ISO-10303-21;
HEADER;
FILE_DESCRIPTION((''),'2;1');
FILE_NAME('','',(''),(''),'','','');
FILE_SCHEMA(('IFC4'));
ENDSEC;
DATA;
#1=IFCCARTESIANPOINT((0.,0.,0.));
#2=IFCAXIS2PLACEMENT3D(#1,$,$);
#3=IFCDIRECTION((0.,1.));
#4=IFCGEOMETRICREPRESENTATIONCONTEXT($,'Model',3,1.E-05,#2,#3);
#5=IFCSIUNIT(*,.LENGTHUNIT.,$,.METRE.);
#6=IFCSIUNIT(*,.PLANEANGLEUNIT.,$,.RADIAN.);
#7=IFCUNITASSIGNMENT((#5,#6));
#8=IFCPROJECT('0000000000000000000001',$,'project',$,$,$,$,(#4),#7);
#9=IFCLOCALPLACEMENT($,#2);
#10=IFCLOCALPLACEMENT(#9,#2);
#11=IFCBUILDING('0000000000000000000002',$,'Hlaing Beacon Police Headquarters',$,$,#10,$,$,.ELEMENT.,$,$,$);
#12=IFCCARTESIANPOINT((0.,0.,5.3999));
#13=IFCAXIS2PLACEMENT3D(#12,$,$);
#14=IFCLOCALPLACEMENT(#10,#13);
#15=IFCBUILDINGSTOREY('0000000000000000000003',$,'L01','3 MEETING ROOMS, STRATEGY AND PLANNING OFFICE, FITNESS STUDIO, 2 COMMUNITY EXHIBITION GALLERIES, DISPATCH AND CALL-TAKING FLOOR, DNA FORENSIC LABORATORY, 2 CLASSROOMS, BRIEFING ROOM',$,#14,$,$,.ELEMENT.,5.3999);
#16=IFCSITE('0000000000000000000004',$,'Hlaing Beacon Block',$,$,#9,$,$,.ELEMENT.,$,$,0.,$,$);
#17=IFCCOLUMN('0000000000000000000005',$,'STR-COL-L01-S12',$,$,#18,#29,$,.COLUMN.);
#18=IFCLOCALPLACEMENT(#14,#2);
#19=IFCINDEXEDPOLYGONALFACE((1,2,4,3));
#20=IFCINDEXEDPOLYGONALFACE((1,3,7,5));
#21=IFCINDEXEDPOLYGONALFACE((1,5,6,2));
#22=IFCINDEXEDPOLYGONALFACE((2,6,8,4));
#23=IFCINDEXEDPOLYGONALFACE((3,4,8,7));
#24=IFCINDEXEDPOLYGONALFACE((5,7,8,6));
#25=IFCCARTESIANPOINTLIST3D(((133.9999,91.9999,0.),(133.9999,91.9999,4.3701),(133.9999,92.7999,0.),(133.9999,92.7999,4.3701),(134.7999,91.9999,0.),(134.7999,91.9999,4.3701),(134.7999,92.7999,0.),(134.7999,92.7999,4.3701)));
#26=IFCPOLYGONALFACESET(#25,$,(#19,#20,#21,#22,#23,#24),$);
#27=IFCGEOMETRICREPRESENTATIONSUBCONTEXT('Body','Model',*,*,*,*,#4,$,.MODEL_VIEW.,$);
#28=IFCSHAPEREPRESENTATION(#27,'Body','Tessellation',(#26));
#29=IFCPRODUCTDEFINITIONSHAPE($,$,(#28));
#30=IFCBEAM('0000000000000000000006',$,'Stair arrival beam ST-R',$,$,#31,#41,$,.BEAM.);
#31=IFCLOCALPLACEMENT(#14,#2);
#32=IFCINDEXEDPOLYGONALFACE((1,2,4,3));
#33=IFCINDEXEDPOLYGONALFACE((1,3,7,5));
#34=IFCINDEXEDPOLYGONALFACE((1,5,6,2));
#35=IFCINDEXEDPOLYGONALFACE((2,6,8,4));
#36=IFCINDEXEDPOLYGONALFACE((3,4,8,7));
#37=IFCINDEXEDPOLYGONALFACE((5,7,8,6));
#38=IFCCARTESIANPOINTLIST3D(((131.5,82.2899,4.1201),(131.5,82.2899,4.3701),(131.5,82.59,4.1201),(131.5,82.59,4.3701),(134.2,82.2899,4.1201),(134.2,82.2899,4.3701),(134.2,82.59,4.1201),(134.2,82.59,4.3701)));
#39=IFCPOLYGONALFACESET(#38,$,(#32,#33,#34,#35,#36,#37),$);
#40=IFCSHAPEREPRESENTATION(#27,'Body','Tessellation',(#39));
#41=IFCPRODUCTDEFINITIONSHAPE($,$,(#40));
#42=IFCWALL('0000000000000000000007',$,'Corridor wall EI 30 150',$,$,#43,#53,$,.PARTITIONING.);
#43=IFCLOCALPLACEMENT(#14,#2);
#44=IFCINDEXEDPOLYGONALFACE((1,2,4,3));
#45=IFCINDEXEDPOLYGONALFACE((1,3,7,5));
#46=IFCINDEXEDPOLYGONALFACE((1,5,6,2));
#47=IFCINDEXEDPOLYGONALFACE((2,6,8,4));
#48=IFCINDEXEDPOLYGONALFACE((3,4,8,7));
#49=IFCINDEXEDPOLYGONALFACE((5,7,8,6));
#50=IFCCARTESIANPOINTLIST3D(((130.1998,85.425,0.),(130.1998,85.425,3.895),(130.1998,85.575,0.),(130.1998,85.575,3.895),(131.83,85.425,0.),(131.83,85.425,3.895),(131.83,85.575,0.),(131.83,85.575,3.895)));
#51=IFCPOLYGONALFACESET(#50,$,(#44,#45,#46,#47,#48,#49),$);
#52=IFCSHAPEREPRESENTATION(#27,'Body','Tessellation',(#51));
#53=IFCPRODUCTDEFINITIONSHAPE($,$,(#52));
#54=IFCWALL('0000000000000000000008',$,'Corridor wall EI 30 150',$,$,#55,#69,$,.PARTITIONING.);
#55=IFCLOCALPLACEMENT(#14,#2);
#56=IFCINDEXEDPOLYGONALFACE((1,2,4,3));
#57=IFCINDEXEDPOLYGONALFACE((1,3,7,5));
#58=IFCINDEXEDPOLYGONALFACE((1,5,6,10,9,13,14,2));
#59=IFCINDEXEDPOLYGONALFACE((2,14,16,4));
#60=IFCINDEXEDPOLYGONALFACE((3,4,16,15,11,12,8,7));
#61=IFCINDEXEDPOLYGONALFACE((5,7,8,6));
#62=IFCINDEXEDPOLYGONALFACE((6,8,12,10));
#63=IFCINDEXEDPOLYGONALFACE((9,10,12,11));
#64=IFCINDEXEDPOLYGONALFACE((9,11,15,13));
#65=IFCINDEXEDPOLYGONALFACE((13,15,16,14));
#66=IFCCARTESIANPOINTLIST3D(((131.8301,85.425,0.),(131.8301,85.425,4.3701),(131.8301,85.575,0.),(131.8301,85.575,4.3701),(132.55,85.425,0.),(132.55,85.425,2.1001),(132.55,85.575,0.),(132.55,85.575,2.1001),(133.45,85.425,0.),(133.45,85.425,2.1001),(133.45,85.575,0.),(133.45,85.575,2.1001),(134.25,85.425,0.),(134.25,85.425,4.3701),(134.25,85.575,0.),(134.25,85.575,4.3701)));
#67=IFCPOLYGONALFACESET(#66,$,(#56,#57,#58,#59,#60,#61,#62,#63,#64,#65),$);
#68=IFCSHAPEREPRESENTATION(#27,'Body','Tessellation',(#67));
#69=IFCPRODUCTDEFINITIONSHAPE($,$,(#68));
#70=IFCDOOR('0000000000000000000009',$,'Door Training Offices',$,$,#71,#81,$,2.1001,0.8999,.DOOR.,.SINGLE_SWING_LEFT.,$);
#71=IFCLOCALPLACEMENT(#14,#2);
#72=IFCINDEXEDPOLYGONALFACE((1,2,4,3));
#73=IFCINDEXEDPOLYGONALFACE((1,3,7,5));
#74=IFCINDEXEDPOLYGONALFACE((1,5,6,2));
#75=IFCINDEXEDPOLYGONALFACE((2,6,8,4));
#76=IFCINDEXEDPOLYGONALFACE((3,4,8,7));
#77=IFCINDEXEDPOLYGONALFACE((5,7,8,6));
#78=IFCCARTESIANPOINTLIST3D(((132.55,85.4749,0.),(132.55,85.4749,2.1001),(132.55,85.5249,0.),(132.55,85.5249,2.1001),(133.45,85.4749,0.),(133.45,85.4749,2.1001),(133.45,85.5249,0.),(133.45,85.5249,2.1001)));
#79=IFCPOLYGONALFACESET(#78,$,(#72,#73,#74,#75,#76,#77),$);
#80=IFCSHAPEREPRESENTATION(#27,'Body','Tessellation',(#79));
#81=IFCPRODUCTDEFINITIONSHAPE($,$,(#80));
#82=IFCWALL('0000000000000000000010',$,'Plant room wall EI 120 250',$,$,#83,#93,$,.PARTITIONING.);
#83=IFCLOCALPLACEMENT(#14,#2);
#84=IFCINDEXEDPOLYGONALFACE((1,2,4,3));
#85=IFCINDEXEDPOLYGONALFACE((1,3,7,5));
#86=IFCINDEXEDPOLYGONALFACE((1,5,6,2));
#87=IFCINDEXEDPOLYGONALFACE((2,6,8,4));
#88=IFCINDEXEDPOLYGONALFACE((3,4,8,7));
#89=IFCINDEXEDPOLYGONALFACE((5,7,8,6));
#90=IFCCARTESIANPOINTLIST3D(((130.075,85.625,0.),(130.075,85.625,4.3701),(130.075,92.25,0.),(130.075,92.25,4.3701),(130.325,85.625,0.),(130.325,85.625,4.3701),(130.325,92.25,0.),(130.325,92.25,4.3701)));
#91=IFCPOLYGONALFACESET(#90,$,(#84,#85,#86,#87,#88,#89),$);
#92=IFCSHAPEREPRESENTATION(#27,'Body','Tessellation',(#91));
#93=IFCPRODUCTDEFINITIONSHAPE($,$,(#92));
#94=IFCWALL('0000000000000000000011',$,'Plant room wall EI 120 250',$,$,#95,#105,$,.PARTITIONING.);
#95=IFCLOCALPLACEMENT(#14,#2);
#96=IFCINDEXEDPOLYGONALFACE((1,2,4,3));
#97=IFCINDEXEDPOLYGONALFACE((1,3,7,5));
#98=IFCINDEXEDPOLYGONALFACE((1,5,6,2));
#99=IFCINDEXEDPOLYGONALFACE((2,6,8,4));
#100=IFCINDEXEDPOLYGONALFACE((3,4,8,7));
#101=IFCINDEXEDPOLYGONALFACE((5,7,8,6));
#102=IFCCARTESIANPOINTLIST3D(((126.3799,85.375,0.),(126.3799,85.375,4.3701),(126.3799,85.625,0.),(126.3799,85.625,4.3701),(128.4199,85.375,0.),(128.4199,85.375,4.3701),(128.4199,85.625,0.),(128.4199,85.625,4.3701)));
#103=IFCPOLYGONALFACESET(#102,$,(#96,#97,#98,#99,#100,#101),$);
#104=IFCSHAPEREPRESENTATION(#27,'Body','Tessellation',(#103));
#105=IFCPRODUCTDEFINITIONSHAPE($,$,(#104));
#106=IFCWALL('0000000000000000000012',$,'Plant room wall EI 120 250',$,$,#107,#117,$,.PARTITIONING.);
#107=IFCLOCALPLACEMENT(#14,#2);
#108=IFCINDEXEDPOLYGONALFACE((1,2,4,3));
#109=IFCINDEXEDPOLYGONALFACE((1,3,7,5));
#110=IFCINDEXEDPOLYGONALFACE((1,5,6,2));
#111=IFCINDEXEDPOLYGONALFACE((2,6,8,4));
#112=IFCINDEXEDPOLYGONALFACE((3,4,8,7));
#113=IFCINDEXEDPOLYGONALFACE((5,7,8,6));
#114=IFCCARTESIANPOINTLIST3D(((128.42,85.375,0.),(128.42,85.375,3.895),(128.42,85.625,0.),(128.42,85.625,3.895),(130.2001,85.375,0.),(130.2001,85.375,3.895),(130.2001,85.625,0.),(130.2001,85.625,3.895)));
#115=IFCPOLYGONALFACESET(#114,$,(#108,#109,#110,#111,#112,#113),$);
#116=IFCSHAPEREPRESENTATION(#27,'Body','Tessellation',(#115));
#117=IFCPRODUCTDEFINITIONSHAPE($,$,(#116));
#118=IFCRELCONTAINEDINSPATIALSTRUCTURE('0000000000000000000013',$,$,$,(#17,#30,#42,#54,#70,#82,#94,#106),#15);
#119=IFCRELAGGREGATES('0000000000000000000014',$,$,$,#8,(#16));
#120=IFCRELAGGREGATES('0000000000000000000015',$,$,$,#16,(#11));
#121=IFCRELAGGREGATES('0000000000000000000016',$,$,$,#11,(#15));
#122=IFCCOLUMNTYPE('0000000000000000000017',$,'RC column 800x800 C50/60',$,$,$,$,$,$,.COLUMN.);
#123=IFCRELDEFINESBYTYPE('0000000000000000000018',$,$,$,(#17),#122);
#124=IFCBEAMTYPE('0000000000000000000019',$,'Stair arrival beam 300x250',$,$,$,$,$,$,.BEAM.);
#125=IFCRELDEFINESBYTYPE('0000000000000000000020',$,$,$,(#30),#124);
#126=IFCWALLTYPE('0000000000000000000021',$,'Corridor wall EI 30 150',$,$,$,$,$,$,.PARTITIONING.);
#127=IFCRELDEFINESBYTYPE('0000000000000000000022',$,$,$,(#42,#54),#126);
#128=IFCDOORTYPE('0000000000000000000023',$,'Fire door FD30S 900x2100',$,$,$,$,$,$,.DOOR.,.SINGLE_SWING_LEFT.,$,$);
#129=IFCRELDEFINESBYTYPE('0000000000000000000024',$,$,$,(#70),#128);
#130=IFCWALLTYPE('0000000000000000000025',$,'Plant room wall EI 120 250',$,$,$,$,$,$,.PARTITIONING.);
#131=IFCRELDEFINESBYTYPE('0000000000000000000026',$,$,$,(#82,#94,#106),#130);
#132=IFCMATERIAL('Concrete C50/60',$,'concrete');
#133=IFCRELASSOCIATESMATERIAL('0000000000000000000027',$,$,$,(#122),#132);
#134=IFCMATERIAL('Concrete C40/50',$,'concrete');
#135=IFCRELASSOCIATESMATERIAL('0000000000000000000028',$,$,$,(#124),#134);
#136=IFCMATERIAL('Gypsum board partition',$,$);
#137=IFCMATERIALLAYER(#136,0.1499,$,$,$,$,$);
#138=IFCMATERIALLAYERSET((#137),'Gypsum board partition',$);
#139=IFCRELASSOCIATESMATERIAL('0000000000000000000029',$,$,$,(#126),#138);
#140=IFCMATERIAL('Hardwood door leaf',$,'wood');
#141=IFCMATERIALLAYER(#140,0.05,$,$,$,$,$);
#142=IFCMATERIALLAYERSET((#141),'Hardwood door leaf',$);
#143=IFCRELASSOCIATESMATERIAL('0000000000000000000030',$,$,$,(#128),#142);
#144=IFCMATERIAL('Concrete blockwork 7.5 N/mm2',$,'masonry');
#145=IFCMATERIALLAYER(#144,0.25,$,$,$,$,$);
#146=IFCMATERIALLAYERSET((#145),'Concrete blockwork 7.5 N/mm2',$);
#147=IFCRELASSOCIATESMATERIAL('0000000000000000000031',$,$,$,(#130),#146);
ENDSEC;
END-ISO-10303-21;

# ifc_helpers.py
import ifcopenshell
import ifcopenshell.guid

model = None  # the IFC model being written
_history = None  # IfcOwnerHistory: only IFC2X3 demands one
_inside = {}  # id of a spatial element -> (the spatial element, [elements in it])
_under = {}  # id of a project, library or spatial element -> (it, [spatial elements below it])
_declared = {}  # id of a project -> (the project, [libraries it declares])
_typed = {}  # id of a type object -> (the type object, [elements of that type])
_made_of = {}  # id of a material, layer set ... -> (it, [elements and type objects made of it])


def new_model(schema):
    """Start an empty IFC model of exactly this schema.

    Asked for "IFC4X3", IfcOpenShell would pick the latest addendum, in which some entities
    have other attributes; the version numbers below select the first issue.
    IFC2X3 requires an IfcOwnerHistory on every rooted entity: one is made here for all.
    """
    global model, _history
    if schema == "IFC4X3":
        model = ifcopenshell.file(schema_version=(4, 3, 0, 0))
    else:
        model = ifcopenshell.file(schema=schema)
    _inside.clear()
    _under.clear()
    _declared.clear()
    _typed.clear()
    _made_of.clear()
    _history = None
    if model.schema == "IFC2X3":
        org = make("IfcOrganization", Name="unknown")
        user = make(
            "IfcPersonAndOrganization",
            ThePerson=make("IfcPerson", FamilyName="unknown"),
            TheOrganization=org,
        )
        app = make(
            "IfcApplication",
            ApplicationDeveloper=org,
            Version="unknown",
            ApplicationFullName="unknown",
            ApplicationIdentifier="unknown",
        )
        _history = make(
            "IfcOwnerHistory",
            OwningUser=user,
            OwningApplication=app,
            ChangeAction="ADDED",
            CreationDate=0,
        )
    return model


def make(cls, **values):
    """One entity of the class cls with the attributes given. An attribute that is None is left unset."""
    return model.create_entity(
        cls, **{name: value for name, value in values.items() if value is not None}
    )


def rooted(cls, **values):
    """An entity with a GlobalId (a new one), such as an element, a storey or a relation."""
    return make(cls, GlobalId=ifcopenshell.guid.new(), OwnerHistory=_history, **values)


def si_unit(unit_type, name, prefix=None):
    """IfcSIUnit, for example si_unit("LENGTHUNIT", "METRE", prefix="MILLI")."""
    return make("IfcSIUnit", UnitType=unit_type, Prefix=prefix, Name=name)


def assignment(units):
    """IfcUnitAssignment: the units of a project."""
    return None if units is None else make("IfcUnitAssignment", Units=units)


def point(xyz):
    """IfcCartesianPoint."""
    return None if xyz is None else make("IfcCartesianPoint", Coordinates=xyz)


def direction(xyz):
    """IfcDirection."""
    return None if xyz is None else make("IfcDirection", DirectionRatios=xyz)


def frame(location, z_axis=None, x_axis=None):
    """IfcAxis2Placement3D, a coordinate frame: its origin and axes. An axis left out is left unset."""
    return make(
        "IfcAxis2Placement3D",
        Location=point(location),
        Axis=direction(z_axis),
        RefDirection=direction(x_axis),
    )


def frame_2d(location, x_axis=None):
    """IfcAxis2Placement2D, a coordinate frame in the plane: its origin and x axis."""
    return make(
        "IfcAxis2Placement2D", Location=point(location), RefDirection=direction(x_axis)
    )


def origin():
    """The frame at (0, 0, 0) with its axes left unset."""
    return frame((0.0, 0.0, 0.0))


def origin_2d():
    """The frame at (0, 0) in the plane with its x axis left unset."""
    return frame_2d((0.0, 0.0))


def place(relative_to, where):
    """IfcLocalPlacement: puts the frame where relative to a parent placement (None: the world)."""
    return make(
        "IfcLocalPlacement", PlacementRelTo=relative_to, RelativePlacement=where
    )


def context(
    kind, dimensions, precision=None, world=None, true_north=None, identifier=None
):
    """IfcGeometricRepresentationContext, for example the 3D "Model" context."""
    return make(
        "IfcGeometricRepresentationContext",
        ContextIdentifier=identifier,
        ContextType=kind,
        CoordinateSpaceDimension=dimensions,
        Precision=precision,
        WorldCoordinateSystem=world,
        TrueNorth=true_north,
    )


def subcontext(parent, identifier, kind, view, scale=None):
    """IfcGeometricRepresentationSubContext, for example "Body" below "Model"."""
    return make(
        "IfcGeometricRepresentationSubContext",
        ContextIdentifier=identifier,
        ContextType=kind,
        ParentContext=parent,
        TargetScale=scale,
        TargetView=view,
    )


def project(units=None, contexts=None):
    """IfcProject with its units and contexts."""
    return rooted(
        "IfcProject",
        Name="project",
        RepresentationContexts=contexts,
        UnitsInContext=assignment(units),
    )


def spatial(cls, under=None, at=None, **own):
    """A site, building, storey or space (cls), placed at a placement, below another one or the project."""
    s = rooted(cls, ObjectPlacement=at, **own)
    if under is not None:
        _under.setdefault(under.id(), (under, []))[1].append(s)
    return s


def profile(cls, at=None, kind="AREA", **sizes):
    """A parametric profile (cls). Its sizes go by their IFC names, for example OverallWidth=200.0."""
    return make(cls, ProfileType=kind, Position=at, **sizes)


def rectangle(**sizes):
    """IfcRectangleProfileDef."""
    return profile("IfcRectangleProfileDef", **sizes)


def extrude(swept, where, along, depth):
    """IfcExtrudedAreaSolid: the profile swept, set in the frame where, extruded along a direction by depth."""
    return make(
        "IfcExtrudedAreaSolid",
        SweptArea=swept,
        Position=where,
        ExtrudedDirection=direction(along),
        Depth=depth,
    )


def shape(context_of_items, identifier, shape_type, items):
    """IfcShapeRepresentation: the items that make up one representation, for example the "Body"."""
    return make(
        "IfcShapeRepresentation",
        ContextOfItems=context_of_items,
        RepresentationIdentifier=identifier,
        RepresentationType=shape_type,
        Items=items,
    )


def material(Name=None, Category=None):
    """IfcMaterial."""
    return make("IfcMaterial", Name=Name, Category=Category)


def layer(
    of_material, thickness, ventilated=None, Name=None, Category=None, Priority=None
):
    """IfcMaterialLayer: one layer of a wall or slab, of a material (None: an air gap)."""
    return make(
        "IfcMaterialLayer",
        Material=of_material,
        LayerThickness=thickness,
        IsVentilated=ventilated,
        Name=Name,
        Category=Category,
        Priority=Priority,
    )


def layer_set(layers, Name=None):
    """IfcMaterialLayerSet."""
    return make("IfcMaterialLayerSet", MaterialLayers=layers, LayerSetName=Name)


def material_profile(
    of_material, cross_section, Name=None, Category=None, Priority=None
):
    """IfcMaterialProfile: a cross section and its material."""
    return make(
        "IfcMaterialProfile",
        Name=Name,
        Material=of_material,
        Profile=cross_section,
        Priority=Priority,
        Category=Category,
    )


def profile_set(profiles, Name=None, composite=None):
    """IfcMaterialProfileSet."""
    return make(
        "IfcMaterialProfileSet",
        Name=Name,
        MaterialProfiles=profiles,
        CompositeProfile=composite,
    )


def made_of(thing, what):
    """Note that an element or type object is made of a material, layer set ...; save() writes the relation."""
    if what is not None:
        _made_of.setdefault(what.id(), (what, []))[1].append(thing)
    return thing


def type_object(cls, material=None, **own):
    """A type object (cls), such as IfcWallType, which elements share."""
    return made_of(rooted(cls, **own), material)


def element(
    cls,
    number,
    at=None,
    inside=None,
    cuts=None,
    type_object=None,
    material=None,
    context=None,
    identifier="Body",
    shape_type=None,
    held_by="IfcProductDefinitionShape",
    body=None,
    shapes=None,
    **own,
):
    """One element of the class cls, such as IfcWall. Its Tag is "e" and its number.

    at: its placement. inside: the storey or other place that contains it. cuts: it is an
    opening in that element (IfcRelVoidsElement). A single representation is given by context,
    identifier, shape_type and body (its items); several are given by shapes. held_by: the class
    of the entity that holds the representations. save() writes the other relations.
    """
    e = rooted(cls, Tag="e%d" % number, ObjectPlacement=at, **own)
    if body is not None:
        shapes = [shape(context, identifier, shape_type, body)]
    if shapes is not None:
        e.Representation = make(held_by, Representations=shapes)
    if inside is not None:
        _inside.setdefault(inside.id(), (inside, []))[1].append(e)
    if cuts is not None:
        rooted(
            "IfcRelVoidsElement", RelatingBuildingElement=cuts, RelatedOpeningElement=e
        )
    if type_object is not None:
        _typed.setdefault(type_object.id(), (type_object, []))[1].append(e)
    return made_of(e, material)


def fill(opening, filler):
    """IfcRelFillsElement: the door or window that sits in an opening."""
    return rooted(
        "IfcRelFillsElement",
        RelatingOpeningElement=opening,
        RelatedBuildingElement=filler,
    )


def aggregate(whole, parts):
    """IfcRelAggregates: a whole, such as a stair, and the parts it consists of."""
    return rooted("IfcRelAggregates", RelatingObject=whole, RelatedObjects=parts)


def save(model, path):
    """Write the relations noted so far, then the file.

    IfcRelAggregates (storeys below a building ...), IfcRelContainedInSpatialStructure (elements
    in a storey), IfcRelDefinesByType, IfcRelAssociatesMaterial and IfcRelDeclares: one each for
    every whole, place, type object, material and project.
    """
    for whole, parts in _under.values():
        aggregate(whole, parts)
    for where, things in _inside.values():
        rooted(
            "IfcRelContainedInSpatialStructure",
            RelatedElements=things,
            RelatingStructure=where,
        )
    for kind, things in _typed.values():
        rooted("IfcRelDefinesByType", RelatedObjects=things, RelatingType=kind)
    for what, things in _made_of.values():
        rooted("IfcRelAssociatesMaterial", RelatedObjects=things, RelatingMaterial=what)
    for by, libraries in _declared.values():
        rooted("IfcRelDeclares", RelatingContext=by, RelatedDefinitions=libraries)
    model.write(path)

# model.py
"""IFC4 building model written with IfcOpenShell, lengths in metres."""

from ifc_helpers import new_model, si_unit, direction, frame, frame_2d, origin, origin_2d, place, context, subcontext, project, spatial, rectangle, extrude, material, layer, layer_set, material_profile, profile_set, type_object, element, fill, save


model = new_model("IFC4")

# Units and contexts
model_context = context("Model", 3, precision=1e-05, world=origin(), true_north=direction((0.0, 1.0)))
body_context = subcontext(model_context, "Body", "Model", "MODEL_VIEW")
ifc_project = project(units=[si_unit("LENGTHUNIT", "METRE"), si_unit("PLANEANGLEUNIT", "RADIAN")], contexts=[model_context])

# Site, building, storey
site_placement = place(None, origin())
site = spatial("IfcSite", under=ifc_project, at=site_placement, Name="Hlaing Beacon Block", CompositionType="ELEMENT", RefElevation=0.0)
building_placement = place(site_placement, origin())
building = spatial("IfcBuilding", under=site, at=building_placement, Name="Hlaing Beacon Police Headquarters", CompositionType="ELEMENT")
storey_placement = place(building_placement, frame((0.0, 0.0, 5.3999)))
storey = spatial("IfcBuildingStorey", under=building, at=storey_placement, Name="L01", Description="3 MEETING ROOMS, STRATEGY AND PLANNING OFFICE, FITNESS STUDIO, 2 COMMUNITY EXHIBITION GALLERIES, DISPATCH AND CALL-TAKING FLOOR, DNA FORENSIC LABORATORY, 2 CLASSROOMS, BRIEFING ROOM", CompositionType="ELEMENT", Elevation=5.3999)

# Column
ifc_material_1 = material(Name="Concrete C50/60", Category="concrete")
ifc_material_profile_1 = material_profile(ifc_material_1, rectangle(XDim=0.8, YDim=0.8, at=origin_2d()), Name="800x800")
ifc_profile_set_1 = profile_set([ifc_material_profile_1], Name="Concrete C50/60")
column_type = type_object("IfcColumnType", Name="RC column 800x800 C50/60", PredefinedType="COLUMN", material=ifc_profile_set_1)
column_placement = place(storey_placement, frame((134.3999, 92.3999, 0.0), z_axis=(0.0, 0.0, 1.0), x_axis=(1.0, 0.0, 0.0)))
element("IfcColumn", 1, at=column_placement, inside=storey, type_object=column_type, Name="STR-COL-L01-S12", PredefinedType="COLUMN", context=body_context, shape_type="SweptSolid", body=[
    extrude(rectangle(XDim=0.8, YDim=0.8, at=origin_2d()), origin(), (0.0, 0.0, 1.0), 4.3701),
])

# Beam
ifc_material_2 = material(Name="Concrete C40/50", Category="concrete")
ifc_material_profile_2 = material_profile(ifc_material_2, rectangle(XDim=0.3, YDim=0.25, at=origin_2d()), Name="Stair arrival beam 300x250")
ifc_profile_set_2 = profile_set([ifc_material_profile_2], Name="Concrete C40/50")
beam_type = type_object("IfcBeamType", Name="Stair arrival beam 300x250", PredefinedType="BEAM", material=ifc_profile_set_2)
beam_placement = place(storey_placement, frame((134.2, 82.4399, 4.2451), z_axis=(-1.0, 0.0, 0.0), x_axis=(0.0, -1.0, 0.0)))
element("IfcBeam", 2, at=beam_placement, inside=storey, type_object=beam_type, Name="Stair arrival beam ST-R", PredefinedType="BEAM", context=body_context, shape_type="SweptSolid", body=[
    extrude(rectangle(XDim=0.3, YDim=0.25, at=origin_2d()), origin(), (0.0, 0.0, 1.0), 2.7),
])

# Wall
ifc_material_3 = material(Name="Gypsum board partition")
ifc_layer_1 = layer(ifc_material_3, 0.1499)
ifc_layer_set_1 = layer_set([ifc_layer_1], Name="Gypsum board partition")
wall_type_1 = type_object("IfcWallType", Name="Corridor wall EI 30 150", PredefinedType="PARTITIONING", material=ifc_layer_set_1)
wall_1_placement = place(storey_placement, frame((130.2, 85.5, 0.0), z_axis=(0.0, 0.0, 1.0), x_axis=(1.0, 0.0, 0.0)))
element("IfcWall", 3, at=wall_1_placement, inside=storey, type_object=wall_type_1, Name="Corridor wall EI 30 150", PredefinedType="PARTITIONING", context=body_context, shape_type="SweptSolid", body=[
    extrude(rectangle(XDim=1.6301, YDim=0.1499, at=frame_2d((0.8149, 0.0))), origin(), (0.0, 0.0, 1.0), 3.895),
])

# Wall, opening, door
wall_2_placement = place(storey_placement, frame((131.8301, 85.5, 0.0), z_axis=(0.0, 0.0, 1.0), x_axis=(1.0, 0.0, 0.0)))
wall_2 = element("IfcWall", 4, at=wall_2_placement, inside=storey, type_object=wall_type_1, Name="Corridor wall EI 30 150", PredefinedType="PARTITIONING", context=body_context, shape_type="SweptSolid", body=[
    extrude(rectangle(XDim=2.4199, YDim=0.1499, at=frame_2d((1.21, 0.0))), origin(), (0.0, 0.0, 1.0), 4.3701),
])
opening_1_placement = place(wall_2_placement, frame((0.72, 0.0, 0.0)))
opening_1 = element("IfcOpeningElement", 5, at=opening_1_placement, cuts=wall_2, PredefinedType="OPENING", context=body_context, shape_type="SweptSolid", body=[
    extrude(rectangle(XDim=0.8999, YDim=2.1001, at=frame_2d((0.45, 1.05))), frame((0.0, 0.085, 0.0), z_axis=(0.0, -1.0, 0.0), x_axis=(1.0, 0.0, 0.0)), (0.0, 0.0, 1.0), 0.1699),
])
ifc_material_4 = material(Name="Hardwood door leaf", Category="wood")
ifc_layer_2 = layer(ifc_material_4, 0.05)
ifc_layer_set_2 = layer_set([ifc_layer_2], Name="Hardwood door leaf")
door_type_1 = type_object("IfcDoorType", Name="Fire door FD30S 900x2100", OperationType="SINGLE_SWING_LEFT", PredefinedType="DOOR", material=ifc_layer_set_2)
door_1_placement = place(opening_1_placement, origin())
door_1 = element("IfcDoor", 6, at=door_1_placement, inside=storey, type_object=door_type_1, Name="Door Training Offices", OperationType="SINGLE_SWING_LEFT", OverallHeight=2.1001, OverallWidth=0.8999, PredefinedType="DOOR", context=body_context, shape_type="SweptSolid", body=[
    extrude(rectangle(XDim=0.8999, YDim=2.1001, at=frame_2d((0.45, 1.05))), frame((0.0, 0.0249, 0.0), z_axis=(0.0, -1.0, 0.0), x_axis=(1.0, 0.0, 0.0)), (0.0, 0.0, 1.0), 0.05),
])
fill(opening_1, door_1)

# Walls
ifc_material_5 = material(Name="Concrete blockwork 7.5 N/mm2", Category="masonry")
ifc_layer_3 = layer(ifc_material_5, 0.25)
ifc_layer_set_3 = layer_set([ifc_layer_3], Name="Concrete blockwork 7.5 N/mm2")
wall_type_2 = type_object("IfcWallType", Name="Plant room wall EI 120 250", PredefinedType="PARTITIONING", material=ifc_layer_set_3)
wall_3_placement = place(storey_placement, frame((130.2, 85.625, 0.0), z_axis=(0.0, 0.0, 1.0), x_axis=(0.0, 1.0, 0.0)))
element("IfcWall", 7, at=wall_3_placement, inside=storey, type_object=wall_type_2, Name="Plant room wall EI 120 250", PredefinedType="PARTITIONING", context=body_context, shape_type="SweptSolid", body=[
    extrude(rectangle(XDim=6.625, YDim=0.25, at=frame_2d((3.3125, 0.0))), origin(), (0.0, 0.0, 1.0), 4.3701),
])
wall_4_placement = place(storey_placement, frame((126.3799, 85.5, 0.0), z_axis=(0.0, 0.0, 1.0), x_axis=(1.0, 0.0, 0.0)))
element("IfcWall", 8, at=wall_4_placement, inside=storey, type_object=wall_type_2, Name="Plant room wall EI 120 250", PredefinedType="PARTITIONING", context=body_context, shape_type="SweptSolid", body=[
    extrude(rectangle(XDim=2.04, YDim=0.25, at=frame_2d((1.02, 0.0))), origin(), (0.0, 0.0, 1.0), 4.3701),
])
wall_5_placement = place(storey_placement, frame((128.4199, 85.5, 0.0), z_axis=(0.0, 0.0, 1.0), x_axis=(1.0, 0.0, 0.0)))
element("IfcWall", 9, at=wall_5_placement, inside=storey, type_object=wall_type_2, Name="Plant room wall EI 120 250", PredefinedType="PARTITIONING", context=body_context, shape_type="SweptSolid", body=[
    extrude(rectangle(XDim=1.78, YDim=0.25, at=frame_2d((0.8901, 0.0))), origin(), (0.0, 0.0, 1.0), 3.895),
])

save(model, "model.ifc")
